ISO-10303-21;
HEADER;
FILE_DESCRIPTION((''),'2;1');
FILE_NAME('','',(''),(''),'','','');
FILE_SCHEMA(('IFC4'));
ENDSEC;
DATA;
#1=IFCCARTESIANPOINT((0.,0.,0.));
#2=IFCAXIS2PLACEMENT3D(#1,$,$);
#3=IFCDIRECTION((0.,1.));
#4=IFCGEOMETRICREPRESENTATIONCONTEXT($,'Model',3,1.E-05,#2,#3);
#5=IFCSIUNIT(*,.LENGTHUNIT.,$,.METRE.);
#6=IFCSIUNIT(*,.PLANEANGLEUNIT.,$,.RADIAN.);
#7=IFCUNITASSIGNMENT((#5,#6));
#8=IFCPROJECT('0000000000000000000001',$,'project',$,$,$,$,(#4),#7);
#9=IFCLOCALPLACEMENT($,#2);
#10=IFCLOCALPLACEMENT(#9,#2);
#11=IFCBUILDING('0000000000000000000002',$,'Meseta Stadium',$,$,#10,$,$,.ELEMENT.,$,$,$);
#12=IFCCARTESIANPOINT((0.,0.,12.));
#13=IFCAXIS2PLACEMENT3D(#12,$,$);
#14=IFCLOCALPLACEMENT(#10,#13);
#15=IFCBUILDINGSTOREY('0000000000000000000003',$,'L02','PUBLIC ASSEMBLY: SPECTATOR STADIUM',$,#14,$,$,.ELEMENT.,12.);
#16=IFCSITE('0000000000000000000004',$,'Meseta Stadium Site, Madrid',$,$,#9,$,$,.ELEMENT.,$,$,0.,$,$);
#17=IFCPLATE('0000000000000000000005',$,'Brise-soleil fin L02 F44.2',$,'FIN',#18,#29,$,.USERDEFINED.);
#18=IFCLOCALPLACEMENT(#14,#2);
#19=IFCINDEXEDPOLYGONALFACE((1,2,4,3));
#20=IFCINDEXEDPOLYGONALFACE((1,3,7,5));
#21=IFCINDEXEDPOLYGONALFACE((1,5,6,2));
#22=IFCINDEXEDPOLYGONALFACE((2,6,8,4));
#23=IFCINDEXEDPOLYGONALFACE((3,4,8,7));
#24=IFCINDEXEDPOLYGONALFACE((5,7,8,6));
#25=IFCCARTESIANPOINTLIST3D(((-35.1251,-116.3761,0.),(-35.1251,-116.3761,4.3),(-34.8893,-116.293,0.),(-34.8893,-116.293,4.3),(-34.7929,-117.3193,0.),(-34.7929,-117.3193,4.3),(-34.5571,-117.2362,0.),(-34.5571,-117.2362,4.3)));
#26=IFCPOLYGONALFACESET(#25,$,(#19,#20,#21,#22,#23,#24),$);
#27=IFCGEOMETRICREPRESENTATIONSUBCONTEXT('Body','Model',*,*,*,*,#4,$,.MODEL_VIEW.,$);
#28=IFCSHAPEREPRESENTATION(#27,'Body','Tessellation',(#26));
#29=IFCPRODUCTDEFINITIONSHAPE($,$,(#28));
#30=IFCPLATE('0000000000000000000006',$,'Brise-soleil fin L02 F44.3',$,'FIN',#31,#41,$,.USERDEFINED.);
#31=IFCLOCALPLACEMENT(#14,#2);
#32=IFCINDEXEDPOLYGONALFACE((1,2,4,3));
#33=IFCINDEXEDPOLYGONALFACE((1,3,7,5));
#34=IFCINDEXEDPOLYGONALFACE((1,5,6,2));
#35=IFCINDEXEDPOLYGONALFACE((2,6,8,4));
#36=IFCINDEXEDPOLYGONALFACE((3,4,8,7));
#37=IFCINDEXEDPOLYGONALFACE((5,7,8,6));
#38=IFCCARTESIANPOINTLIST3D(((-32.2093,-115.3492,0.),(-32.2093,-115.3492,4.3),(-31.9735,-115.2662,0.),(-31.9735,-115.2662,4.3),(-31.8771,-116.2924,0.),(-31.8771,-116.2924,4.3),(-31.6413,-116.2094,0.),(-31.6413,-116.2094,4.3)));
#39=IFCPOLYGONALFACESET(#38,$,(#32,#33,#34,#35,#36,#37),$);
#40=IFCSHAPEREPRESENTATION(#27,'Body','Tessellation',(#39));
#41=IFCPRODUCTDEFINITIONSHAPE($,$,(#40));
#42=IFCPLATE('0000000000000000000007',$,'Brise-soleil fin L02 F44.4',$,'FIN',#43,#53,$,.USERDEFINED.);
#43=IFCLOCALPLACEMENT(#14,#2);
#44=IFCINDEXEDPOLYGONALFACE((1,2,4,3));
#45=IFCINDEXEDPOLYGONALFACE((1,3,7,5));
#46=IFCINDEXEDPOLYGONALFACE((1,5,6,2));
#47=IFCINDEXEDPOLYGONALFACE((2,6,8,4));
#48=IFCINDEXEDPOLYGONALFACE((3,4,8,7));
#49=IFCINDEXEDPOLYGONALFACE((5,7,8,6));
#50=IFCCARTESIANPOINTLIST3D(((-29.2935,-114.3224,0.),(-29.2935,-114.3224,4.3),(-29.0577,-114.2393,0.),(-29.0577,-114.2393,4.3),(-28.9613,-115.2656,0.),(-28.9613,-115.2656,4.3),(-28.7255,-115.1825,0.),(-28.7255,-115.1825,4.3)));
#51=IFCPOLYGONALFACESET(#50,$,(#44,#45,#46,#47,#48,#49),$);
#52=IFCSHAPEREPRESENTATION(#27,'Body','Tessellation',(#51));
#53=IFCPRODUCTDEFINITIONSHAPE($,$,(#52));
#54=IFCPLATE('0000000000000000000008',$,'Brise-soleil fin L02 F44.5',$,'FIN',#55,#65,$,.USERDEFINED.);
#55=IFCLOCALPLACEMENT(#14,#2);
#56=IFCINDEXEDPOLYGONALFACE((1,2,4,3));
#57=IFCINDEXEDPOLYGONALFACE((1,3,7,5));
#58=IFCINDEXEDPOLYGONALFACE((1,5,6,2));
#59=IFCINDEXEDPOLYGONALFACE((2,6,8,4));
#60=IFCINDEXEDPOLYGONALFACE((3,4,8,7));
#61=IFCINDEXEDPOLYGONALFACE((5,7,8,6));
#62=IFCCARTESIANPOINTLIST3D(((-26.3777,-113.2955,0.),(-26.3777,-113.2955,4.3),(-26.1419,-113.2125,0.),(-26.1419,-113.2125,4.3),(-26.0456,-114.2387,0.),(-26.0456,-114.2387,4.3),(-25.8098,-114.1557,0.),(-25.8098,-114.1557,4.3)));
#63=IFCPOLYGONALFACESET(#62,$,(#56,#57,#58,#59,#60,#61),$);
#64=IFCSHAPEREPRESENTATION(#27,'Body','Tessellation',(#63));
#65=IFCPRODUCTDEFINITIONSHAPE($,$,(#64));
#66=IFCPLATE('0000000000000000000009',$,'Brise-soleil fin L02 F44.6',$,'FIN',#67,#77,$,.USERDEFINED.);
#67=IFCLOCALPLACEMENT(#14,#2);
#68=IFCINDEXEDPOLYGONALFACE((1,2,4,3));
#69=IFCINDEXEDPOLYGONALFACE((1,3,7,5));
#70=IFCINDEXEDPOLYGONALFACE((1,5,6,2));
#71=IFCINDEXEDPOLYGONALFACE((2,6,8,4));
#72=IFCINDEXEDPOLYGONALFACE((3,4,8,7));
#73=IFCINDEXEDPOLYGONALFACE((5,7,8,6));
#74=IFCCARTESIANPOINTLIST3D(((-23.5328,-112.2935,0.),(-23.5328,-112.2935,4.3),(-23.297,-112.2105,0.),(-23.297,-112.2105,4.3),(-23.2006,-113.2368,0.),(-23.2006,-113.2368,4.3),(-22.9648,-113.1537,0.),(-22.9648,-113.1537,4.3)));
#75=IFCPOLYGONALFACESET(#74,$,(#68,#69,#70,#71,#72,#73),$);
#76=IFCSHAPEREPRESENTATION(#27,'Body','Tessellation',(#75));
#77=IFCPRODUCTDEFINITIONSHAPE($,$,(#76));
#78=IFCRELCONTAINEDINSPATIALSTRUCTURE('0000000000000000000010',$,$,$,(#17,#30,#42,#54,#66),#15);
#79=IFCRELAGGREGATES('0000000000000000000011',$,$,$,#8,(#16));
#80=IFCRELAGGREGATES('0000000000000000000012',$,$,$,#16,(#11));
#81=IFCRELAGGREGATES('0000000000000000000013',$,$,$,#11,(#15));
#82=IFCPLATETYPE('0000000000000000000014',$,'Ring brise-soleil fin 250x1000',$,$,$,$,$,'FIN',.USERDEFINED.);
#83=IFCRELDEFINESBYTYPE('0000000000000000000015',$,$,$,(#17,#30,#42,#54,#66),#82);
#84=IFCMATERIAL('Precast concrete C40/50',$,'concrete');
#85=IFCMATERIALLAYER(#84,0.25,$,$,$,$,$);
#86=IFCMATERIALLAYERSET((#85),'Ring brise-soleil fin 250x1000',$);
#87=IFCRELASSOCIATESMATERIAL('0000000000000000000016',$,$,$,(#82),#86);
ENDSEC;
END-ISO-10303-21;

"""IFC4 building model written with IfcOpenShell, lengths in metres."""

from ifc_helpers import new_model, si_unit, direction, frame, origin, origin_2d, place, context, subcontext, project, spatial, rectangle, extrude, material, layer, layer_set, type_object, element, save


model = new_model("IFC4")

# Units and contexts
model_context = context("Model", 3, precision=1e-05, world=origin(), true_north=direction((0.0, 1.0)))
body_context = subcontext(model_context, "Body", "Model", "MODEL_VIEW")
ifc_project = project(units=[si_unit("LENGTHUNIT", "METRE"), si_unit("PLANEANGLEUNIT", "RADIAN")], contexts=[model_context])

# Site, building, storey
site_placement = place(None, origin())
site = spatial("IfcSite", under=ifc_project, at=site_placement, Name="Meseta Stadium Site, Madrid", CompositionType="ELEMENT", RefElevation=0.0)
building_placement = place(site_placement, origin())
building = spatial("IfcBuilding", under=site, at=building_placement, Name="Meseta Stadium", CompositionType="ELEMENT")
storey_placement = place(building_placement, frame((0.0, 0.0, 12.0)))
storey = spatial("IfcBuildingStorey", under=building, at=storey_placement, Name="L02", Description="PUBLIC ASSEMBLY: SPECTATOR STADIUM", CompositionType="ELEMENT", Elevation=12.0)

# Plates
ifc_material_1 = material(Name="Precast concrete C40/50", Category="concrete")
ifc_layer_1 = layer(ifc_material_1, 0.25)
ifc_layer_set_1 = layer_set([ifc_layer_1], Name="Ring brise-soleil fin 250x1000")
plate_type_1 = type_object("IfcPlateType", Name="Ring brise-soleil fin 250x1000", ElementType="FIN", PredefinedType="USERDEFINED", material=ifc_layer_set_1)
for number, where, z_axis, x_axis, name in (
    (1, (-34.8411, -116.8062, 0.0), (0.0, 0.0, 1.0), (0.943217, 0.332176, 0.0), "Brise-soleil fin L02 F44.2"),
    (2, (-31.9253, -115.7793, 0.0), (0.0, 0.0, 1.0), (0.943217, 0.332176, 0.0), "Brise-soleil fin L02 F44.3"),
    (3, (-29.0095, -114.7524, 0.0), (0.0, 0.0, 1.0), (0.943217, 0.332176, 0.0), "Brise-soleil fin L02 F44.4"),
    (4, (-26.0938, -113.7256, 0.0), (0.0, 0.0, 1.0), (0.943217, 0.332176, 0.0), "Brise-soleil fin L02 F44.5"),
    (5, (-23.2488, -112.7236, 0.0), (0.0, 0.0, 1.0), (0.943217, 0.332176, 0.0), "Brise-soleil fin L02 F44.6"),
):
    element("IfcPlate", number, at=place(storey_placement, frame(where, z_axis=z_axis, x_axis=x_axis)), inside=storey, type_object=plate_type_1, Name=name, ObjectType="FIN", PredefinedType="USERDEFINED", context=body_context, shape_type="SweptSolid", body=[
        extrude(rectangle(XDim=0.25, YDim=1.0, at=origin_2d()), origin(), (0.0, 0.0, 1.0), 4.3),
    ])

save(model, "model.ifc")
